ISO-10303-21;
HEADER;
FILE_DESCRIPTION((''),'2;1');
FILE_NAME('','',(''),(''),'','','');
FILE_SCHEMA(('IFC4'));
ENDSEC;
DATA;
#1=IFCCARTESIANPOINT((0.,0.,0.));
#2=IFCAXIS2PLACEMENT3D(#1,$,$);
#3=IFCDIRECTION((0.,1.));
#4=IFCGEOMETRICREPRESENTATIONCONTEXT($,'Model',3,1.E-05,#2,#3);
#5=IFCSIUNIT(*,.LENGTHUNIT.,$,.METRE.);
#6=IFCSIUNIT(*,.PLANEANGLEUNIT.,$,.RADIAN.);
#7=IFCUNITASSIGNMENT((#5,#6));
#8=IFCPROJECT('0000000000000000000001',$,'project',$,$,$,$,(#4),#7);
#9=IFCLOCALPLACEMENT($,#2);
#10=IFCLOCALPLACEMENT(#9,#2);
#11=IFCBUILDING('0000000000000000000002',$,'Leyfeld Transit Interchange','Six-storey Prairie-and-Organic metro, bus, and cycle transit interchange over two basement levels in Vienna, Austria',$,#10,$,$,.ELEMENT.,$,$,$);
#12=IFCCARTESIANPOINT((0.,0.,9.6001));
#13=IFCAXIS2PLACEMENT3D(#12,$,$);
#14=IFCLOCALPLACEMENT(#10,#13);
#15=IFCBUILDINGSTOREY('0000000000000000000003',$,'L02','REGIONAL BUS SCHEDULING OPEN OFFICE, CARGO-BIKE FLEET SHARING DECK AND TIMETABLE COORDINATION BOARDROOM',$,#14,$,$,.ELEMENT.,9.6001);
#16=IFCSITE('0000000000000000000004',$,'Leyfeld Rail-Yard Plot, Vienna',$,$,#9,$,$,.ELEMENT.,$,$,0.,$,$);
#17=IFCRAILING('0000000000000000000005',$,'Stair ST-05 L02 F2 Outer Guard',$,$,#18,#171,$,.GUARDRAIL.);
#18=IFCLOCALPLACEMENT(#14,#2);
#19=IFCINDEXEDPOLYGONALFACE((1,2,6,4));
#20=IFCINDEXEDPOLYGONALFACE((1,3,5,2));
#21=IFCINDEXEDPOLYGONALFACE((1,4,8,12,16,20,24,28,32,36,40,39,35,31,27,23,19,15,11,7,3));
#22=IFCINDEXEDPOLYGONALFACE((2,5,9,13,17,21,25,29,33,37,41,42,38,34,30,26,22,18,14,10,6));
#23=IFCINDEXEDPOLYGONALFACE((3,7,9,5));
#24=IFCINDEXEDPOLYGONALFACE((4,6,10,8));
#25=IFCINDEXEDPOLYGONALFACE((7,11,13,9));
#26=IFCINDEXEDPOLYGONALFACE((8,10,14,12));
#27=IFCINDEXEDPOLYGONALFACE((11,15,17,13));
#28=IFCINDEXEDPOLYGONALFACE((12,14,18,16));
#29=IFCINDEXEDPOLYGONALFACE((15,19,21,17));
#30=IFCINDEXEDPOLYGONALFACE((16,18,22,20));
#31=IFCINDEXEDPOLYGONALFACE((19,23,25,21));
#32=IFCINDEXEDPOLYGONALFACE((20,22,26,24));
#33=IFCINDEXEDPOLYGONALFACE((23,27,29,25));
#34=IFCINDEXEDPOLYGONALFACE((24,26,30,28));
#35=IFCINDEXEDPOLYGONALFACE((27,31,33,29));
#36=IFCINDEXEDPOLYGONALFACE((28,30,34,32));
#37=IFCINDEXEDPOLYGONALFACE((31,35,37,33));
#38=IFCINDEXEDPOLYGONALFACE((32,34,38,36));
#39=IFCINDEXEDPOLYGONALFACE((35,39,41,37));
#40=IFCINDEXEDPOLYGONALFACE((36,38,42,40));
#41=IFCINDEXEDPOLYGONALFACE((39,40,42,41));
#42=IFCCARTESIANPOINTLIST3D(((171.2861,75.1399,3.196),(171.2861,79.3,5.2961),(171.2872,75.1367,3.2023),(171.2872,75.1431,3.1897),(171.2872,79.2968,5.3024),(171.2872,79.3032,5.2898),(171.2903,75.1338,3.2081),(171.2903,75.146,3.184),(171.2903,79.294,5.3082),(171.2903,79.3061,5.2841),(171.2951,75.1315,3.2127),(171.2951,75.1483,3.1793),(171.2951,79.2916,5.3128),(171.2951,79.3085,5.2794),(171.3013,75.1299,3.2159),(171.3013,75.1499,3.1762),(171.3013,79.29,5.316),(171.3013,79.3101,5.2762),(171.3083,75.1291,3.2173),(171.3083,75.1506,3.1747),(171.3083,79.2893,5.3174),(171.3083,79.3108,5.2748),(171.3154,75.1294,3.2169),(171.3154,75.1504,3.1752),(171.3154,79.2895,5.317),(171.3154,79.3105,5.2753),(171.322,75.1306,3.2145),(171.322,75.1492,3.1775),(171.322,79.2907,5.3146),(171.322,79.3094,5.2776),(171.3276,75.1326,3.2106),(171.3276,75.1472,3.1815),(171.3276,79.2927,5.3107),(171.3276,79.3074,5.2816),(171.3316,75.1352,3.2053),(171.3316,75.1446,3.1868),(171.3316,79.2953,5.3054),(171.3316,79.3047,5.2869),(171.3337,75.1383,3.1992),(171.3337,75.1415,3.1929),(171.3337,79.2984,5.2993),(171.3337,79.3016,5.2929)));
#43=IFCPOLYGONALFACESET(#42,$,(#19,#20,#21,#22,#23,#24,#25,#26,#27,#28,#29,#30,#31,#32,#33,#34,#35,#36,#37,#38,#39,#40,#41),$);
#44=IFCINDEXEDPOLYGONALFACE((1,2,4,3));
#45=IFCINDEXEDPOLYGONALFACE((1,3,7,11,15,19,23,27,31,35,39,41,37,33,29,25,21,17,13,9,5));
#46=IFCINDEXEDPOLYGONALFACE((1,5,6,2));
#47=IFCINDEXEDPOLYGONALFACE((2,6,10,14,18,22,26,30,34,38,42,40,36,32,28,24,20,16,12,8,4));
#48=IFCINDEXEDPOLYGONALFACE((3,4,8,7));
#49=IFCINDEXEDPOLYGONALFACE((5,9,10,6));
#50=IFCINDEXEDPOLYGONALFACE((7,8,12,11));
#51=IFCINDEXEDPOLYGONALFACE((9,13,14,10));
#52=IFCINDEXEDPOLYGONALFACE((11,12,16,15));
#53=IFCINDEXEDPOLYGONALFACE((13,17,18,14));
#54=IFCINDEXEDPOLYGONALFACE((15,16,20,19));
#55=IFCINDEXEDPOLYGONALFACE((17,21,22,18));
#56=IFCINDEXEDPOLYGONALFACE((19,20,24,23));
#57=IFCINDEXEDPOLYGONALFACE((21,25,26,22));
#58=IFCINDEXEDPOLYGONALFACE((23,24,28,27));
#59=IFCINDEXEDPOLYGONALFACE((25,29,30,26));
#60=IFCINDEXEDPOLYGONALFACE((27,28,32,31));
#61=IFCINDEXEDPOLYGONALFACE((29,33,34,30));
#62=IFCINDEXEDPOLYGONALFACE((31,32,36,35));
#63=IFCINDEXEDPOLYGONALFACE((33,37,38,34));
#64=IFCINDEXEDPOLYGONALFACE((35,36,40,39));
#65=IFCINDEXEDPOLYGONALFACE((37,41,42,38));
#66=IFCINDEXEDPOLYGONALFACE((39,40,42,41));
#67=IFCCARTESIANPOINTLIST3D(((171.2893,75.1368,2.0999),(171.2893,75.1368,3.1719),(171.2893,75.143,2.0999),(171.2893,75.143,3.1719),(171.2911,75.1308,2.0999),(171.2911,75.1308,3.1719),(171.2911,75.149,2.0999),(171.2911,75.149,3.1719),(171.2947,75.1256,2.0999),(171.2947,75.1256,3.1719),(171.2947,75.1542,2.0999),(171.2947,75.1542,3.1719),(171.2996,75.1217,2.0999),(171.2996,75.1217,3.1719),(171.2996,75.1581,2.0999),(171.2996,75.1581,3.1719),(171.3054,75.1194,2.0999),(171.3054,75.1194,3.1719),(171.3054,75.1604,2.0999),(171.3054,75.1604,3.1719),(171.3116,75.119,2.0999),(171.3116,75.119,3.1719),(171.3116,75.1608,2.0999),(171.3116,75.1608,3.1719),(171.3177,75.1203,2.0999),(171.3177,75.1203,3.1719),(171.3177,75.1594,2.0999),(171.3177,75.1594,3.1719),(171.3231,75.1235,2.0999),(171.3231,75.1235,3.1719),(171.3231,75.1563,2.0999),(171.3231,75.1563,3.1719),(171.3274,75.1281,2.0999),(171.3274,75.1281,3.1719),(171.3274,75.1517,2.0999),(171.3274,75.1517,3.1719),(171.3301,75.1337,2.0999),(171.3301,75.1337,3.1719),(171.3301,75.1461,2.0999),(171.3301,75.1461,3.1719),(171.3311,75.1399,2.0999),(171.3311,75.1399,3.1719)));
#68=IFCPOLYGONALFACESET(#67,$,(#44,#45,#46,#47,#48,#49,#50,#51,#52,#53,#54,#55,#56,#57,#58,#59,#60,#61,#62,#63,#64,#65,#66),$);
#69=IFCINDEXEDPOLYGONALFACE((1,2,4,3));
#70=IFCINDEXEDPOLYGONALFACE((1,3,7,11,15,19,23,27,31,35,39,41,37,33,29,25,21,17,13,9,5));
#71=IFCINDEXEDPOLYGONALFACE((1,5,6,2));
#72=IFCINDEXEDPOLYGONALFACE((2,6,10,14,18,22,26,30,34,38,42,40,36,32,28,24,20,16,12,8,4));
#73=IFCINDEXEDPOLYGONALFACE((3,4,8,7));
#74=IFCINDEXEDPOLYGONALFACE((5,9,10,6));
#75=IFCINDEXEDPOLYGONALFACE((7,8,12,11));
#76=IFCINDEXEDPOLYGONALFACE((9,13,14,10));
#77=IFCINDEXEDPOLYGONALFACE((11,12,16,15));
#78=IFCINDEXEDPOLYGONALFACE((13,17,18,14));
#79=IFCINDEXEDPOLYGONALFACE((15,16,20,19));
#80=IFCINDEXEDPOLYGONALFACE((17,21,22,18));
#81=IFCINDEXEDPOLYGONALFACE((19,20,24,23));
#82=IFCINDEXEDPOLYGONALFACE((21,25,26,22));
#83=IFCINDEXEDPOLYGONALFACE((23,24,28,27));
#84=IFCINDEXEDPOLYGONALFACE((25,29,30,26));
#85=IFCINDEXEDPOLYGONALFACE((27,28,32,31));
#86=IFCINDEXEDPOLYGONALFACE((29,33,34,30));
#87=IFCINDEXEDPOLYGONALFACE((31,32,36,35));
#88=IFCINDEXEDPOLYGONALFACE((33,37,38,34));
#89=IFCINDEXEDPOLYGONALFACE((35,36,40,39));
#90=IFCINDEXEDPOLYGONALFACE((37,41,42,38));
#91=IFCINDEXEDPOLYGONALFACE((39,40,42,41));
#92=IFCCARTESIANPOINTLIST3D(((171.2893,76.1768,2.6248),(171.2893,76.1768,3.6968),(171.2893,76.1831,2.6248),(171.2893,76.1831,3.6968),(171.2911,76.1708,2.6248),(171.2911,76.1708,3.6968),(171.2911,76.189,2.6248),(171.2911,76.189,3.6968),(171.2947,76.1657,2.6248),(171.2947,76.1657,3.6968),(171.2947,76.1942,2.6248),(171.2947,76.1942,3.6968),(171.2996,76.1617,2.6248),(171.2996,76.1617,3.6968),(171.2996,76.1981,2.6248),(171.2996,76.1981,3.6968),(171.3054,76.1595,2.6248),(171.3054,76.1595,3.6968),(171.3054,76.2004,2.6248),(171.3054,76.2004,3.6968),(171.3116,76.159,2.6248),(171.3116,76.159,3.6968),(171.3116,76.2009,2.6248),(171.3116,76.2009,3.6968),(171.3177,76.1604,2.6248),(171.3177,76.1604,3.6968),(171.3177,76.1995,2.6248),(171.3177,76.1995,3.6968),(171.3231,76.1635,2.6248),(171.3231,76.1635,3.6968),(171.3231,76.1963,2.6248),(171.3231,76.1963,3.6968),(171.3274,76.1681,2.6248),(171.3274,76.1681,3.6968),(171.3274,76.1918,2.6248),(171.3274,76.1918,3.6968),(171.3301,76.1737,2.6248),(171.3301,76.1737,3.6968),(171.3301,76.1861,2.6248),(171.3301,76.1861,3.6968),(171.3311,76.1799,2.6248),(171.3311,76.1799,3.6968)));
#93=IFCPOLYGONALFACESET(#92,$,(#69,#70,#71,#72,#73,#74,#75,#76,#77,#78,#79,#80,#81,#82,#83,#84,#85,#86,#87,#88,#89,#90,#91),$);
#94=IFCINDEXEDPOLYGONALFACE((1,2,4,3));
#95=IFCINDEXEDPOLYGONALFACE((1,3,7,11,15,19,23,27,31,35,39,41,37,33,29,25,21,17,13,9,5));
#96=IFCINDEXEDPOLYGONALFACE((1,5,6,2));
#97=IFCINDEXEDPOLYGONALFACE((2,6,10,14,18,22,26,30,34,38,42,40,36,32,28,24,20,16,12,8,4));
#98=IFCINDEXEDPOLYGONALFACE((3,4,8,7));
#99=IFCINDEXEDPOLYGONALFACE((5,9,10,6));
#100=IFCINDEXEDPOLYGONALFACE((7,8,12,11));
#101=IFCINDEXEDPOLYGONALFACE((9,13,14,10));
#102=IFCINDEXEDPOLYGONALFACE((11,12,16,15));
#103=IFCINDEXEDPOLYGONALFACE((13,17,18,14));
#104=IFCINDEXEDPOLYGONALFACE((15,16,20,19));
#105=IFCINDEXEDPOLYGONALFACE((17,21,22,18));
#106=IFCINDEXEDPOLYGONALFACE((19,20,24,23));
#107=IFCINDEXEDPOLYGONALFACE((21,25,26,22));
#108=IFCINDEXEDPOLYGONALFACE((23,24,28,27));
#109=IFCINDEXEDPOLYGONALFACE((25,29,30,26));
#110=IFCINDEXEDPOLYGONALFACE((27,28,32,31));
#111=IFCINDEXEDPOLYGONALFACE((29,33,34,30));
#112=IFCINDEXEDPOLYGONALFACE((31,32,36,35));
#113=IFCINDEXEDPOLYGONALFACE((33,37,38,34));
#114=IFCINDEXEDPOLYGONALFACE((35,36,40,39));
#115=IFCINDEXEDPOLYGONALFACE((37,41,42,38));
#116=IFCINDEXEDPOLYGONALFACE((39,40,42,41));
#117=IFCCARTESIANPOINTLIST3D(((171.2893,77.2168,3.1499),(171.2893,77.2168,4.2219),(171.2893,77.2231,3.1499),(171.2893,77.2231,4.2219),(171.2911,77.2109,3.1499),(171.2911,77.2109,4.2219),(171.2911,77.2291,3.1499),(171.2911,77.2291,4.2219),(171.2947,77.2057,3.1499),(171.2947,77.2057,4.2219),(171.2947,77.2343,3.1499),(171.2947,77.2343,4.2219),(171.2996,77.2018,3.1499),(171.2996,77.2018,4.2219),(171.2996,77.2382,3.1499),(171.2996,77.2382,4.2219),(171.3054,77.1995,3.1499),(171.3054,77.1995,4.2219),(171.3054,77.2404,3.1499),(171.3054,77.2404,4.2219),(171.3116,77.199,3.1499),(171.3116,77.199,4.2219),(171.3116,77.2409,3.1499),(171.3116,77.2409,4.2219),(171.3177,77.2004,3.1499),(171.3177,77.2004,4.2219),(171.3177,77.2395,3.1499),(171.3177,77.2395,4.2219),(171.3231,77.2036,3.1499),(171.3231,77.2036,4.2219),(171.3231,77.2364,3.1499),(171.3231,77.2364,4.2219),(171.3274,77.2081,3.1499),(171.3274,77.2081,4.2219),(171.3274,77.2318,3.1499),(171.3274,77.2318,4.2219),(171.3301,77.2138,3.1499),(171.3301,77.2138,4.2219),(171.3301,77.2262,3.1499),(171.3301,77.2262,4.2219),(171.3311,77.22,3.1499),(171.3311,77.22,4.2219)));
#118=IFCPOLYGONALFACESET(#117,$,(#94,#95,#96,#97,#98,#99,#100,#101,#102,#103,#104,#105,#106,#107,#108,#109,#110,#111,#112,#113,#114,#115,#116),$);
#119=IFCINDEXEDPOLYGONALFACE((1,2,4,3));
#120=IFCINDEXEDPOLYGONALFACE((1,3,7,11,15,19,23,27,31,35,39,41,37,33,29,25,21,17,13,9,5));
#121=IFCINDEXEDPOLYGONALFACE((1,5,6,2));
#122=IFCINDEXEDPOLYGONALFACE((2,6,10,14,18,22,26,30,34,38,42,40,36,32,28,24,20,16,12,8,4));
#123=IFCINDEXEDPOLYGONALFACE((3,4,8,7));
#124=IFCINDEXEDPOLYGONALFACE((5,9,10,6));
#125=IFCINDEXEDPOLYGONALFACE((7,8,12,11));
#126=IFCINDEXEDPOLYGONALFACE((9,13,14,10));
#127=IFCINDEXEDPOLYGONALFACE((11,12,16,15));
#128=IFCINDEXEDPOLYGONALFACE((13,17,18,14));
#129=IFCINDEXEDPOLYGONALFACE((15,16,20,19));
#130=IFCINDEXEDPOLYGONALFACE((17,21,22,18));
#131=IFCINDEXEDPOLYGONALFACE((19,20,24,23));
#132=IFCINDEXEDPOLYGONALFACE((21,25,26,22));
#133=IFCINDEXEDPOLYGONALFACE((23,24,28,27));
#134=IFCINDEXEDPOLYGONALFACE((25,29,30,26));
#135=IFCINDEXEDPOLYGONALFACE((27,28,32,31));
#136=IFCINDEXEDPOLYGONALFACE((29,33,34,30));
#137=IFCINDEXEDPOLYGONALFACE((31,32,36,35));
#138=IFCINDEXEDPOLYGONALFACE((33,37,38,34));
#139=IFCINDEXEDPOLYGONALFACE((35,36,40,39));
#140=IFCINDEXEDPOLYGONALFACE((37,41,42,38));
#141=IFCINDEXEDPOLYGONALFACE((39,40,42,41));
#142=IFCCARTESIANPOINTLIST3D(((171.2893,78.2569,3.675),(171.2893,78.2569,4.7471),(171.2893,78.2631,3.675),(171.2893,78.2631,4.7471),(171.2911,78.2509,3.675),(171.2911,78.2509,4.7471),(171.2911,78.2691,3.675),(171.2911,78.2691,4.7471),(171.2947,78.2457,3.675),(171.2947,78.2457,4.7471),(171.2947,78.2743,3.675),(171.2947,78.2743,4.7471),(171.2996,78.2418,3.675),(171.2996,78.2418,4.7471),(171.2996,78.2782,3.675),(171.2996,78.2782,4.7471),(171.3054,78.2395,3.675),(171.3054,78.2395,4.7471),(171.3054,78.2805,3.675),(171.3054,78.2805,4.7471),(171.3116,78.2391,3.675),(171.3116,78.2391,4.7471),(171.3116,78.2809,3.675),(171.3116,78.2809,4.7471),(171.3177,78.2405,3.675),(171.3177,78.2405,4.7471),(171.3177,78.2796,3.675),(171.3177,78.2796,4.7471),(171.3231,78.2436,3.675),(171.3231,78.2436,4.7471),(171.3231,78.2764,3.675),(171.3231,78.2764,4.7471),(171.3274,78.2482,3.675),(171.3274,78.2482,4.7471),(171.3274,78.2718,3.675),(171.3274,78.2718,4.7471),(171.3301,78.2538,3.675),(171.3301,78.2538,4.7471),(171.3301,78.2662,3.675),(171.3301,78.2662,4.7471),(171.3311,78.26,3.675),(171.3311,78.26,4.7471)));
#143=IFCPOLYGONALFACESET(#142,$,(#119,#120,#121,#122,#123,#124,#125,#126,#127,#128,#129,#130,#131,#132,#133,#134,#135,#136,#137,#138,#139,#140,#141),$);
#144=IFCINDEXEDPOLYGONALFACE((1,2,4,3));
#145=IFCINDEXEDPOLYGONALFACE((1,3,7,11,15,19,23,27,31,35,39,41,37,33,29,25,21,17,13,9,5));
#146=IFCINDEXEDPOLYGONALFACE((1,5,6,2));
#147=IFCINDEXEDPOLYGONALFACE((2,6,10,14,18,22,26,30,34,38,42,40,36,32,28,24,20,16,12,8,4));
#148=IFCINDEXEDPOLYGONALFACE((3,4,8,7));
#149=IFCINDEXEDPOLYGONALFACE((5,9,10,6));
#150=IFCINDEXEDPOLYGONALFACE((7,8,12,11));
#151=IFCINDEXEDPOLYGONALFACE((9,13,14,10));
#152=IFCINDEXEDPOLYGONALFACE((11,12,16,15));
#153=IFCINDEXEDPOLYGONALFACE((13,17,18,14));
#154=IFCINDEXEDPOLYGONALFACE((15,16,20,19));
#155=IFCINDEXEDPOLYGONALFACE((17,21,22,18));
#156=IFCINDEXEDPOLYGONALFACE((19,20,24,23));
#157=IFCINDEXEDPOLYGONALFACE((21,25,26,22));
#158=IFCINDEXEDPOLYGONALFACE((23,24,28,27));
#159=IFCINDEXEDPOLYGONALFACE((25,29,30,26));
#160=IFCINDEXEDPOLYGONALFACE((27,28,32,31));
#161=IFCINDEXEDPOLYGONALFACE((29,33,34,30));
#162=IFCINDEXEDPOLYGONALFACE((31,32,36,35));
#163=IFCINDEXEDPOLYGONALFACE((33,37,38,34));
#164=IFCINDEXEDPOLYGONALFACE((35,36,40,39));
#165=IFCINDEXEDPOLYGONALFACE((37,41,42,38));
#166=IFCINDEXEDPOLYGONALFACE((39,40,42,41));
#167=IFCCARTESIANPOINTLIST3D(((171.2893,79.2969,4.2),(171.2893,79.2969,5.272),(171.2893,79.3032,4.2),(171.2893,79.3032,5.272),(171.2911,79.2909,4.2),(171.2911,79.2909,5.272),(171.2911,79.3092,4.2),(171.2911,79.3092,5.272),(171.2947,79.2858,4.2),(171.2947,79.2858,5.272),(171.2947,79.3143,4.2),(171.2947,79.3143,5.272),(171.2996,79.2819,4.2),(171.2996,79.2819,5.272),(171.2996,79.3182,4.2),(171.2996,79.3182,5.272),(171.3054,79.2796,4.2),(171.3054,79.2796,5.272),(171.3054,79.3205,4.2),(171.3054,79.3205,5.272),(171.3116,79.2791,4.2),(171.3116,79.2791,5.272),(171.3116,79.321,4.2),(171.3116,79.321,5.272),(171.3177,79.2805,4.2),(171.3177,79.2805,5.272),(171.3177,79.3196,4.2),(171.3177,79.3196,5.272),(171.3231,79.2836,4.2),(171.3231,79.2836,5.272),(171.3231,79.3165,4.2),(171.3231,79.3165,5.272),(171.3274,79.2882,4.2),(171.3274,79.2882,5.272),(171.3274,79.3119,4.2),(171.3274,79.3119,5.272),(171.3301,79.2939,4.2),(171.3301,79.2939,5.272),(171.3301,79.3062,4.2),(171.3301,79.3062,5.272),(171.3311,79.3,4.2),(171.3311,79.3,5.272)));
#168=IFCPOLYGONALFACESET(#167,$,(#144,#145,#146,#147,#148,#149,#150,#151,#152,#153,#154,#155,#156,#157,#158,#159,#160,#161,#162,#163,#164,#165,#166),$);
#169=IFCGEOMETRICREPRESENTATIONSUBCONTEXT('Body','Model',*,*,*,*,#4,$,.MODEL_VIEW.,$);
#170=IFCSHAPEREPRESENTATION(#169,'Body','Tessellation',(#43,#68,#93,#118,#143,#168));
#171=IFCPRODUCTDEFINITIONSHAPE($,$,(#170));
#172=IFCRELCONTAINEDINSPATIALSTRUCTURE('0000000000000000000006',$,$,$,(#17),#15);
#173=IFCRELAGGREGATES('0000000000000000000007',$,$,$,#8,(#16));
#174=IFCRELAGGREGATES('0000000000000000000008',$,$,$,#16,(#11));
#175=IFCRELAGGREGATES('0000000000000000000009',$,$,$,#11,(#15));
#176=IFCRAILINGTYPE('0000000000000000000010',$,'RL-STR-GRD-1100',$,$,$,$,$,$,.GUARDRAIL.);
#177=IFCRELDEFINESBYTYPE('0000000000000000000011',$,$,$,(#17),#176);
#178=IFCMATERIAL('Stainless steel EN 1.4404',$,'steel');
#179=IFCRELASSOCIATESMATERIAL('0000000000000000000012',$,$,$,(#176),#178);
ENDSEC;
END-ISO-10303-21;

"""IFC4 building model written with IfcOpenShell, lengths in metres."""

from ifc_helpers import new_model, si_unit, direction, frame, origin, origin_2d, place, context, subcontext, project, spatial, circle, extrude, material, type_object, element, save


model = new_model("IFC4")

# Units and contexts
model_context = context("Model", 3, precision=1e-05, world=origin(), true_north=direction((0.0, 1.0)))
body_context = subcontext(model_context, "Body", "Model", "MODEL_VIEW")
ifc_project = project(units=[si_unit("LENGTHUNIT", "METRE"), si_unit("PLANEANGLEUNIT", "RADIAN")], contexts=[model_context])

# Site, building, storey
site_placement = place(None, origin())
site = spatial("IfcSite", under=ifc_project, at=site_placement, Name="Leyfeld Rail-Yard Plot, Vienna", CompositionType="ELEMENT", RefElevation=0.0)
building_placement = place(site_placement, origin())
building = spatial("IfcBuilding", under=site, at=building_placement, Name="Leyfeld Transit Interchange", Description="Six-storey Prairie-and-Organic metro, bus, and cycle transit interchange over two basement levels in Vienna, Austria", CompositionType="ELEMENT")
storey_placement = place(building_placement, frame((0.0, 0.0, 9.6001)))
storey = spatial("IfcBuildingStorey", under=building, at=storey_placement, Name="L02", Description="REGIONAL BUS SCHEDULING OPEN OFFICE, CARGO-BIKE FLEET SHARING DECK AND TIMETABLE COORDINATION BOARDROOM", CompositionType="ELEMENT", Elevation=9.6001)

# Railing
ifc_material_1 = material(Name="Stainless steel EN 1.4404", Category="steel")
railing_type_1 = type_object("IfcRailingType", Name="RL-STR-GRD-1100", PredefinedType="GUARDRAIL", material=ifc_material_1)
for number, where, name in (
    (1, (171.3101, 75.1399, 2.0999), "Stair ST-05 L02 F2 Outer Guard"),
):
    element("IfcRailing", number, at=place(storey_placement, frame(where)), inside=storey, type_object=railing_type_1, Name=name, PredefinedType="GUARDRAIL", context=body_context, shape_type="SweptSolid", body=[
        extrude(circle(Radius=0.0239, at=origin_2d()), frame((0.0, 0.0, 1.0962), z_axis=(0.0, 0.892702, 0.450647), x_axis=(-1.0, 0.0, 0.0)), (0.0, 0.0, 1.0), 4.6602),
        extrude(circle(Radius=0.021, at=origin_2d()), origin(), (0.0, 0.0, 1.0), 1.072),
        extrude(circle(Radius=0.021, at=origin_2d()), frame((0.0, 1.04, 0.5249)), (0.0, 0.0, 1.0), 1.072),
        extrude(circle(Radius=0.021, at=origin_2d()), frame((0.0, 2.0801, 1.05)), (0.0, 0.0, 1.0), 1.072),
        extrude(circle(Radius=0.021, at=origin_2d()), frame((0.0, 3.1201, 1.5752)), (0.0, 0.0, 1.0), 1.072),
        extrude(circle(Radius=0.021, at=origin_2d()), frame((0.0, 4.1602, 2.1001)), (0.0, 0.0, 1.0), 1.072),
    ])

save(model, "model.ifc")
